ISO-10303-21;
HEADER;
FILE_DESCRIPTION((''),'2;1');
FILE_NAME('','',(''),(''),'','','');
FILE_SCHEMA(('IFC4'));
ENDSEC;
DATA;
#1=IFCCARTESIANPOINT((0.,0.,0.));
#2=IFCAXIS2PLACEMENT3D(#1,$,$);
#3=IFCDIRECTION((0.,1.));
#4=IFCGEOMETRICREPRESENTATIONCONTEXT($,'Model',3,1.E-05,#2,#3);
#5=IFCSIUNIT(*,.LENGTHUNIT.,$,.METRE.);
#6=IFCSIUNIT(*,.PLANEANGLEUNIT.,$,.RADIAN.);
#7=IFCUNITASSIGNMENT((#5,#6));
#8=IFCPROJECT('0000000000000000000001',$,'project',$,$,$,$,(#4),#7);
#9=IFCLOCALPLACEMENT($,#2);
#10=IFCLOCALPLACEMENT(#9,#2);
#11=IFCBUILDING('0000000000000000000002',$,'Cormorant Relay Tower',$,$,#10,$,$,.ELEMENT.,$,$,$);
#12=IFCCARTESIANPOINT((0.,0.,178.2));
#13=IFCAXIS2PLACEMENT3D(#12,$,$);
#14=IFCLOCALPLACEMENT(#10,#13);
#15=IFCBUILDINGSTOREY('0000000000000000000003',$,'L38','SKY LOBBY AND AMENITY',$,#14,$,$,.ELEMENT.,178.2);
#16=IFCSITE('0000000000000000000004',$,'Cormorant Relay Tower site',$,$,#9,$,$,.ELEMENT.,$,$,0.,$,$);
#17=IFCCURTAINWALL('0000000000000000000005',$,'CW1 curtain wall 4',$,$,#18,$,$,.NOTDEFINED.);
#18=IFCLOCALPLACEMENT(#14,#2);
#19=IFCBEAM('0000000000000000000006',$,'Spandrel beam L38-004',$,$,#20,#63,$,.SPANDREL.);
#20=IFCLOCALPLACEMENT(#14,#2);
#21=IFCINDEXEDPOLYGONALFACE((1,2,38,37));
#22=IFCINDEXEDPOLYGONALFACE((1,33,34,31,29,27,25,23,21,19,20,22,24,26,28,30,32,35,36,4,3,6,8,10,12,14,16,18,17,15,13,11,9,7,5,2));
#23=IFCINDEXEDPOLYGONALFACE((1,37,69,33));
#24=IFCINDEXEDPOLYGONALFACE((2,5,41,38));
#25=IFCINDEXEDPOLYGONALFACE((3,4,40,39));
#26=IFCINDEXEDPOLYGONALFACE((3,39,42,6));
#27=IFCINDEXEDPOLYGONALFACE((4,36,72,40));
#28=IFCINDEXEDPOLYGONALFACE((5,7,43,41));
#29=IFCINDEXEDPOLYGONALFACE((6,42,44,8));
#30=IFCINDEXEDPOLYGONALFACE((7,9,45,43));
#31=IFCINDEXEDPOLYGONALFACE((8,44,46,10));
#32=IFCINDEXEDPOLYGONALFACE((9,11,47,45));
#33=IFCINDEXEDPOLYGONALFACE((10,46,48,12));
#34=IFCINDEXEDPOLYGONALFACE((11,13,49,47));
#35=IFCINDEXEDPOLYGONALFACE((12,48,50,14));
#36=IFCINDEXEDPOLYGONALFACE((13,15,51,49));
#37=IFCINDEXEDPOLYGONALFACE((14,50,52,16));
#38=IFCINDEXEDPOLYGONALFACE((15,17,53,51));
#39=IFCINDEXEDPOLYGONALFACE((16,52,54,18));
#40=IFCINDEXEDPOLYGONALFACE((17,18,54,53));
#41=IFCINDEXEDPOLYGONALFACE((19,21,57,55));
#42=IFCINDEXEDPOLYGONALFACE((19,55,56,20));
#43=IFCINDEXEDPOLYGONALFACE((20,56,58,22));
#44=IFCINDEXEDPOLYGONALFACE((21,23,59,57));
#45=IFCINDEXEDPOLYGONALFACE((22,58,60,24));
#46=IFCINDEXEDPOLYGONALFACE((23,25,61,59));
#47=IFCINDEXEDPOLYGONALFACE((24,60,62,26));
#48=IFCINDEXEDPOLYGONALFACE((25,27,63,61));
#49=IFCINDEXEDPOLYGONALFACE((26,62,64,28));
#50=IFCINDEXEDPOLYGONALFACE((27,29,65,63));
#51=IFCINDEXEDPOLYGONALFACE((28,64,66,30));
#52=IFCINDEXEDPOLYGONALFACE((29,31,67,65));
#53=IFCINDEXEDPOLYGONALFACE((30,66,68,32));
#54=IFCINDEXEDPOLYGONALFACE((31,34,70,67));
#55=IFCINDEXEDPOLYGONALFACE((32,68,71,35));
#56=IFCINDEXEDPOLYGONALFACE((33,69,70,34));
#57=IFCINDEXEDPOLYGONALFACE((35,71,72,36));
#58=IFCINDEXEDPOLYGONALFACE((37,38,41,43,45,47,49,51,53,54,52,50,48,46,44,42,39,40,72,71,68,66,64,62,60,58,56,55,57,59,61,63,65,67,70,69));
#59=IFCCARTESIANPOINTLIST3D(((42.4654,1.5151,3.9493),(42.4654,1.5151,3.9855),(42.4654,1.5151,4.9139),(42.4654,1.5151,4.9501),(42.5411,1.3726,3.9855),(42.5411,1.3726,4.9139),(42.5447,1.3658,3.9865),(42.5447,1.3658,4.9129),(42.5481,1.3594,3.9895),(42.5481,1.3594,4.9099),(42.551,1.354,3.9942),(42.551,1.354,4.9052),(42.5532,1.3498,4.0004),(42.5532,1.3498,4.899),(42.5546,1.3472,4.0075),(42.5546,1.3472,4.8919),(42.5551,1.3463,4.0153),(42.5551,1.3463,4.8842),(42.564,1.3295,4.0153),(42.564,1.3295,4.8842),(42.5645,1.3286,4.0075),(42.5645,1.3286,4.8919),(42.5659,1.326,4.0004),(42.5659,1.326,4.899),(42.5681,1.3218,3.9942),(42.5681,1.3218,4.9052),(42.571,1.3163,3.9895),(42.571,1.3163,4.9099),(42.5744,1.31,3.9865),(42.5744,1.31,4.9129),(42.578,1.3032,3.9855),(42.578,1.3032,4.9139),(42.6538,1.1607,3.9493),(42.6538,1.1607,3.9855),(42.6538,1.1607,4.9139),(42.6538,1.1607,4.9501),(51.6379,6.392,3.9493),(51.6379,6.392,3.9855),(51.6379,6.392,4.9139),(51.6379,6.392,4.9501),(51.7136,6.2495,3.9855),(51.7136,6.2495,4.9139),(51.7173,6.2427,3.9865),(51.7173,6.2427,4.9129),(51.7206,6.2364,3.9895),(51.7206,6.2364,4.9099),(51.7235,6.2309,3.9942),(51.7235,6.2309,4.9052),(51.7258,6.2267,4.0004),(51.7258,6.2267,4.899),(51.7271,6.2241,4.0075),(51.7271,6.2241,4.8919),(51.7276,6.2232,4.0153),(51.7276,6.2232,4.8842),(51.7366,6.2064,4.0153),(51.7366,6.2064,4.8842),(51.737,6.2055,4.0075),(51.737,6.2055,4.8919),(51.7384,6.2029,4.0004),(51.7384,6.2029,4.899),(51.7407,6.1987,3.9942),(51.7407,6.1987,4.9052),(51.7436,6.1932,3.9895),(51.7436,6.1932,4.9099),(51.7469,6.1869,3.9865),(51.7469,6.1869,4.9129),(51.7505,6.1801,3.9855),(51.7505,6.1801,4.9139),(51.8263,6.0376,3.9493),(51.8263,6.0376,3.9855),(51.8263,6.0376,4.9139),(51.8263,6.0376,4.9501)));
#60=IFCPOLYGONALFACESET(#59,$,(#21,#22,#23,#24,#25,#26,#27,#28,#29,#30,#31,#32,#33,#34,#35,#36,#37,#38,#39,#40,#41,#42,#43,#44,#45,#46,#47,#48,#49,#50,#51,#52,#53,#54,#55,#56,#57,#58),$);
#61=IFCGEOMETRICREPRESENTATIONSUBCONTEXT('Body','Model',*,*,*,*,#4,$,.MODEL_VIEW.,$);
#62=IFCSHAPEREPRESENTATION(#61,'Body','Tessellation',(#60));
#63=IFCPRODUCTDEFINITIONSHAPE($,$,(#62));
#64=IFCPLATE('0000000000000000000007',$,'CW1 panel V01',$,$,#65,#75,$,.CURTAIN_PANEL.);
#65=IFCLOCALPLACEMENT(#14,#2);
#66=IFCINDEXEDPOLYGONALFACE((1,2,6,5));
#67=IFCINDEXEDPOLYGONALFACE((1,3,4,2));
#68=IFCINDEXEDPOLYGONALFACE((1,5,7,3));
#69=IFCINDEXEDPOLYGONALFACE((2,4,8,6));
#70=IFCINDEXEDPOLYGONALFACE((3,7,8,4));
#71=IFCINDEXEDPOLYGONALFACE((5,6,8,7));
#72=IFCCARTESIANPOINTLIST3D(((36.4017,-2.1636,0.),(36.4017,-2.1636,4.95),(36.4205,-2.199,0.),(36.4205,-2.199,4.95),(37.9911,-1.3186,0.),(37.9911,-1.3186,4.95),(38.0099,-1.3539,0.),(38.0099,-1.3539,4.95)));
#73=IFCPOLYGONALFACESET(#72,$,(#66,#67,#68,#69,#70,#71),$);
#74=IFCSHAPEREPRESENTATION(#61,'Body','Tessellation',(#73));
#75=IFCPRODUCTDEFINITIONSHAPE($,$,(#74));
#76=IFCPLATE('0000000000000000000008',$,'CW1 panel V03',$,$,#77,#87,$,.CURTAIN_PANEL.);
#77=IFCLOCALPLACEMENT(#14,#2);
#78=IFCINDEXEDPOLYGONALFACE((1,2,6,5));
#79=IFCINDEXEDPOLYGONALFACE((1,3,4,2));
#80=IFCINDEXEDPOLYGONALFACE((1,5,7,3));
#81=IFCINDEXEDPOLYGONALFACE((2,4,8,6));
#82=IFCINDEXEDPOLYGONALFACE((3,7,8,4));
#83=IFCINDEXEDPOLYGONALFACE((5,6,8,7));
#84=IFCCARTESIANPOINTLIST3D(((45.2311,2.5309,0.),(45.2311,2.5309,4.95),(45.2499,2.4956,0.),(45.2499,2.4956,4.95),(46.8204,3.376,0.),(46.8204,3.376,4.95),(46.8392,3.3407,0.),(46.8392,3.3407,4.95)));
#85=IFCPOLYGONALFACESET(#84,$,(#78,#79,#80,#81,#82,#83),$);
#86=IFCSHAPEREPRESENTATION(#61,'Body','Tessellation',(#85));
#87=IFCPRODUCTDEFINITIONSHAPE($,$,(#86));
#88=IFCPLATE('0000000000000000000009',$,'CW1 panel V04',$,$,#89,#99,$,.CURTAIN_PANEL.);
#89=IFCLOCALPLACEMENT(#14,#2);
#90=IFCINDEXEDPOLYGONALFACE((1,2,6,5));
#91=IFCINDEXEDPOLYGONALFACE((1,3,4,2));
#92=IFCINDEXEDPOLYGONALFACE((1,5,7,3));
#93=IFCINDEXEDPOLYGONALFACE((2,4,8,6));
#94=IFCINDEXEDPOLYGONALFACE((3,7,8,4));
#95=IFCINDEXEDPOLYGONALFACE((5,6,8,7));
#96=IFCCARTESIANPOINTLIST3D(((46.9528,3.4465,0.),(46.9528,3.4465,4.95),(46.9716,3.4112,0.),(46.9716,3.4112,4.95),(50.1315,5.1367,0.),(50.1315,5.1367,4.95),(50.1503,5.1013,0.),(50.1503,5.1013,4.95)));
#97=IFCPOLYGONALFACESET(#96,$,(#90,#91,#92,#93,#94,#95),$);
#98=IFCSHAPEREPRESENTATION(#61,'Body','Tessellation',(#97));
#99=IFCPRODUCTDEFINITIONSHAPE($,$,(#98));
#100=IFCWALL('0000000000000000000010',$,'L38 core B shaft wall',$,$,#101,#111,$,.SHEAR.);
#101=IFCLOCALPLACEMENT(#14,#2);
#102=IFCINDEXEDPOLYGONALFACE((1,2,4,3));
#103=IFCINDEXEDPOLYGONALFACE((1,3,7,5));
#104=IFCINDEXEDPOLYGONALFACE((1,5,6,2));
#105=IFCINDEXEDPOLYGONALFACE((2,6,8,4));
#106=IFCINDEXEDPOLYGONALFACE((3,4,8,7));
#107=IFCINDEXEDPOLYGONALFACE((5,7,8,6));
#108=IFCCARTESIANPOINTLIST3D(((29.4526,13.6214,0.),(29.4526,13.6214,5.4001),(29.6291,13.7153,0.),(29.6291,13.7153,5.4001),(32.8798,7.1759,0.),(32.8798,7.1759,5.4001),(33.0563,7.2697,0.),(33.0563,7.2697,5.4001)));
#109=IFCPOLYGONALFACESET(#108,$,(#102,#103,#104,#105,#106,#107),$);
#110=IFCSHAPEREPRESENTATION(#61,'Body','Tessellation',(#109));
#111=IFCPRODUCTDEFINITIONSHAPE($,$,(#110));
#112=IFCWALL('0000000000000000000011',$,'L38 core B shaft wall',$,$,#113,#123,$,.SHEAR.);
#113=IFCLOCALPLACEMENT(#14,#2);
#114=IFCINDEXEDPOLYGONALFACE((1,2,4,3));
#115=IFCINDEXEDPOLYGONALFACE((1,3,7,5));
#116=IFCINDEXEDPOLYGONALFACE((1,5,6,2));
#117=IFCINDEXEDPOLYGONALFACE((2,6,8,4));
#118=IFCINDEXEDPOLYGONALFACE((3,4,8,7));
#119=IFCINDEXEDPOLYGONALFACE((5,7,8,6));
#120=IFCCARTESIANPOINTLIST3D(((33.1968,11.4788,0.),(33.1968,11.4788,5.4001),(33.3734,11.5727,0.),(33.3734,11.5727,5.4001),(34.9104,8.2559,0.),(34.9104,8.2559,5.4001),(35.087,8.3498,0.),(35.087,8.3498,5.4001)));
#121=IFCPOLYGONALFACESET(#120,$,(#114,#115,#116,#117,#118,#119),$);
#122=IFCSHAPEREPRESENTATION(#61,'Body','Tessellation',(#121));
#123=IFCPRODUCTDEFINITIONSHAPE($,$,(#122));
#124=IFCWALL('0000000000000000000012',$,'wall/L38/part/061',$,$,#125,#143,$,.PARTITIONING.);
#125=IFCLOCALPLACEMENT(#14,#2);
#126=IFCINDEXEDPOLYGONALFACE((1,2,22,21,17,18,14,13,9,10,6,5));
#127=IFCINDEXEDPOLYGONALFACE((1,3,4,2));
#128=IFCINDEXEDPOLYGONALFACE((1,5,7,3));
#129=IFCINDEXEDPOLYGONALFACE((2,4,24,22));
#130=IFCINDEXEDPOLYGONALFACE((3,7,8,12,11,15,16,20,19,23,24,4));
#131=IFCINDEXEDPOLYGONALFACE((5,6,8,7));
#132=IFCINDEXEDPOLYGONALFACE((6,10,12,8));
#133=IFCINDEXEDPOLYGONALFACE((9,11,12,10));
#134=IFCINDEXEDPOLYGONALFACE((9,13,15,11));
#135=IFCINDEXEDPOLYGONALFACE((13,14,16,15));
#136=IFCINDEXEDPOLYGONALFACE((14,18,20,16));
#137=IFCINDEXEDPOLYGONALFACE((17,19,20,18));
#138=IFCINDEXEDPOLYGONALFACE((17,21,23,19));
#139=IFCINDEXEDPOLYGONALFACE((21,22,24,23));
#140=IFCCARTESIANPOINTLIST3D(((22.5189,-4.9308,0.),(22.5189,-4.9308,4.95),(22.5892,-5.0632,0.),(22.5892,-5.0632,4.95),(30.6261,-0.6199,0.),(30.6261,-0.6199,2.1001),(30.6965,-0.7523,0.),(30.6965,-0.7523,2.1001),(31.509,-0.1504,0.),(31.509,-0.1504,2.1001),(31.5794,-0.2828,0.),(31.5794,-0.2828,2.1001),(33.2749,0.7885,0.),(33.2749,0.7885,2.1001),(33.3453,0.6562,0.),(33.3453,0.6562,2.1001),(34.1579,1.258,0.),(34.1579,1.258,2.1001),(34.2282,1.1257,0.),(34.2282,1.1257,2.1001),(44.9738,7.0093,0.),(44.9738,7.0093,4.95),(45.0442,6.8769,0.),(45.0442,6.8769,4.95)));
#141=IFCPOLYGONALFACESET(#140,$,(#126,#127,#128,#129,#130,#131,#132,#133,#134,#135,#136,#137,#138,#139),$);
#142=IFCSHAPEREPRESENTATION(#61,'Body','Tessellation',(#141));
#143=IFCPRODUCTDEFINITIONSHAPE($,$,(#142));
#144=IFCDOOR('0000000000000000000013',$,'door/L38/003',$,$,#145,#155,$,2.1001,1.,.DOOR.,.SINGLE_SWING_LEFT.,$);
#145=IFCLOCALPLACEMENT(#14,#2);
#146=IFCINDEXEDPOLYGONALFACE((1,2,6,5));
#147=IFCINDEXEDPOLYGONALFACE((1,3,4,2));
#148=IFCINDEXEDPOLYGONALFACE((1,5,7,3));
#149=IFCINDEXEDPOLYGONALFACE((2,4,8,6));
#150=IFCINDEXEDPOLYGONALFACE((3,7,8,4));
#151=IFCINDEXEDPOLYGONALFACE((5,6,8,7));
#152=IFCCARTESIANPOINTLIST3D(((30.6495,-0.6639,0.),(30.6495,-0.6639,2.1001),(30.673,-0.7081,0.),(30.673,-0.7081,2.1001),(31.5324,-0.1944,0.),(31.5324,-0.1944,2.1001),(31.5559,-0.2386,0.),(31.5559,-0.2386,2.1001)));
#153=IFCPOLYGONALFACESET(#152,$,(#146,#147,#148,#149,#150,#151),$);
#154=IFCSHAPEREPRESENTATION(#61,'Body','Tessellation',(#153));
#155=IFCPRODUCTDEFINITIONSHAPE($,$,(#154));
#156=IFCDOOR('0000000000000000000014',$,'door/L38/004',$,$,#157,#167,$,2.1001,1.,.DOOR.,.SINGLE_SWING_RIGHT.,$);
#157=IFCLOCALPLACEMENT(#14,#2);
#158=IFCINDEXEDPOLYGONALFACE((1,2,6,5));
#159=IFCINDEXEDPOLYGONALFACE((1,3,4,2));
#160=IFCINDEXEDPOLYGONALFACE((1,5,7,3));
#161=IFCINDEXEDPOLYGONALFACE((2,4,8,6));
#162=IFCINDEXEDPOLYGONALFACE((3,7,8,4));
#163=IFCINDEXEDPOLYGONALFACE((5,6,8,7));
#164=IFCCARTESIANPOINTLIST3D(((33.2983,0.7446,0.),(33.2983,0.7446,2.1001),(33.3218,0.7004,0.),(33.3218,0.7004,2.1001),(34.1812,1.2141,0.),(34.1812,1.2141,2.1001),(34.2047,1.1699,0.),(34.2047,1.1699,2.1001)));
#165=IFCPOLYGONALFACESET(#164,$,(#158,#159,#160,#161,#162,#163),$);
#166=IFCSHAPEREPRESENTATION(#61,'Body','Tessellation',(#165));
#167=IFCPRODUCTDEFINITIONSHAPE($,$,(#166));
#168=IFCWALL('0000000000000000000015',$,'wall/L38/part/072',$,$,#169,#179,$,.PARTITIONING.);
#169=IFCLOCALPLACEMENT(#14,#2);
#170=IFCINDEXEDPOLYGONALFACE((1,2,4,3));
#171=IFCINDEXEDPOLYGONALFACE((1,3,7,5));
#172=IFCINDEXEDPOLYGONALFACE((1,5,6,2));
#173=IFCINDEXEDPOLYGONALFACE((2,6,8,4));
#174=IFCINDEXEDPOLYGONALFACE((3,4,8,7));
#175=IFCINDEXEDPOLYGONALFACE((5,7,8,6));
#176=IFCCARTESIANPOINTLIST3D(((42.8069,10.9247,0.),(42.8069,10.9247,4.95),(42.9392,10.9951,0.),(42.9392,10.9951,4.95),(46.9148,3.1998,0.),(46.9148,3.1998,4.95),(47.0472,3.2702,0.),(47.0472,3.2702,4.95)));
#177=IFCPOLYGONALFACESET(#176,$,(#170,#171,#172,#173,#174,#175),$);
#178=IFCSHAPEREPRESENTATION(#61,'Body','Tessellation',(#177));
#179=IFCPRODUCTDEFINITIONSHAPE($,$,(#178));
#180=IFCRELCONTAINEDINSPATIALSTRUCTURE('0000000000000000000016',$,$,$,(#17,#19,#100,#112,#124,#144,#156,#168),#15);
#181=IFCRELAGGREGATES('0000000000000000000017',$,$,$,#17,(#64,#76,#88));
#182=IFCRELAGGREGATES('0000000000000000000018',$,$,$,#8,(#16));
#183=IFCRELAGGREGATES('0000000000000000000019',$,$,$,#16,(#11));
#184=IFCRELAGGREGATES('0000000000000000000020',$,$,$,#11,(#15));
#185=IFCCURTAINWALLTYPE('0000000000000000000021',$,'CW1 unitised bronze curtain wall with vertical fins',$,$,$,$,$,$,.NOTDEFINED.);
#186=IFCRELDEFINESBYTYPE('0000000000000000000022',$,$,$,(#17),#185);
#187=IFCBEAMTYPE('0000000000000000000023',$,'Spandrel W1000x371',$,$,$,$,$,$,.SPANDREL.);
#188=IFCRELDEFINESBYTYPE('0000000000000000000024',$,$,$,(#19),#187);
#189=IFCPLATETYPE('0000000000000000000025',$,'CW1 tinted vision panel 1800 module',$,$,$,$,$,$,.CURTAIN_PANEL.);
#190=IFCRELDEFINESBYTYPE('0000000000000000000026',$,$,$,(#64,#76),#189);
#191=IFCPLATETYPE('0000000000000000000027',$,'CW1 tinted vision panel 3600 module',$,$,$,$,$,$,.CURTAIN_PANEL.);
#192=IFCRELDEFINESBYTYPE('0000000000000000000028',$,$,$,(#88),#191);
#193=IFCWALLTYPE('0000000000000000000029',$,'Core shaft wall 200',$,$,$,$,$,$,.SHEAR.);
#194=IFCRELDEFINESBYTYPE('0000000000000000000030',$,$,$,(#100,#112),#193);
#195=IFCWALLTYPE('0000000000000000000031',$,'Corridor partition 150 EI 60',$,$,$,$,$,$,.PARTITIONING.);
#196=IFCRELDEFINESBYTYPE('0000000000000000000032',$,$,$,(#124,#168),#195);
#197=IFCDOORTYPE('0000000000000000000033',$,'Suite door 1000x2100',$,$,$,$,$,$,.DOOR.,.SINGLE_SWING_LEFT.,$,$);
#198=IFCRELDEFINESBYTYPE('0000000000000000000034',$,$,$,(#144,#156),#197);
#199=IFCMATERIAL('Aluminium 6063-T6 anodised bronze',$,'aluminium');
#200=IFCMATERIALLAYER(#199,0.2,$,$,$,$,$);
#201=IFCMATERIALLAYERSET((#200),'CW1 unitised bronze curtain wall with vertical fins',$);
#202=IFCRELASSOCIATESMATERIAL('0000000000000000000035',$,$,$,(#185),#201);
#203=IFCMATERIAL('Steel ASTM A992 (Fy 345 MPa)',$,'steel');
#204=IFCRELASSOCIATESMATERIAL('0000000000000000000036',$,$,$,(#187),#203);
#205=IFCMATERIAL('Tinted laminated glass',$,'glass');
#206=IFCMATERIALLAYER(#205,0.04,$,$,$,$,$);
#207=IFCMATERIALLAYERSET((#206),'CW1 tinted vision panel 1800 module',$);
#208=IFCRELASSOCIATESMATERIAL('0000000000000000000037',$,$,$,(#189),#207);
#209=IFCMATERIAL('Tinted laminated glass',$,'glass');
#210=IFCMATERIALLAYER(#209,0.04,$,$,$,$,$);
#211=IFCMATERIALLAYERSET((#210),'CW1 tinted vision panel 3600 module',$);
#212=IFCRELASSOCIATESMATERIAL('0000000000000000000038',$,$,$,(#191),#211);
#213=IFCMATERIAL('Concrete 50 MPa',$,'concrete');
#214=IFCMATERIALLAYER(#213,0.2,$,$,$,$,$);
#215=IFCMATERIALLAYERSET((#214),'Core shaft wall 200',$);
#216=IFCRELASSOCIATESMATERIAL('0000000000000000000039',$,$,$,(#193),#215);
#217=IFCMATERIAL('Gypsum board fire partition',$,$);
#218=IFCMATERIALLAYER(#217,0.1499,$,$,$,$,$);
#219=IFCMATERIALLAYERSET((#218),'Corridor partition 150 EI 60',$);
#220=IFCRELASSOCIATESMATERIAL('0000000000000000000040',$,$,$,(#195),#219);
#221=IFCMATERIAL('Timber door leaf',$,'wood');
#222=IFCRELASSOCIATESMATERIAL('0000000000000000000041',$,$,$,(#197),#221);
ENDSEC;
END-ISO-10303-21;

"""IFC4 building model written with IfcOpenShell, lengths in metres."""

from ifc_helpers import new_model, si_unit, direction, frame, frame_2d, origin, origin_2d, place, context, subcontext, project, spatial, rectangle, i_section, extrude, material, layer, layer_set, material_profile, profile_set, type_object, element, fill, aggregate, save


model = new_model("IFC4")

# Units and contexts
model_context = context("Model", 3, precision=1e-05, world=origin(), true_north=direction((0.0, 1.0)))
body_context = subcontext(model_context, "Body", "Model", "MODEL_VIEW")
ifc_project = project(units=[si_unit("LENGTHUNIT", "METRE"), si_unit("PLANEANGLEUNIT", "RADIAN")], contexts=[model_context])

# Site, building, storey
site_placement = place(None, origin())
site = spatial("IfcSite", under=ifc_project, at=site_placement, Name="Cormorant Relay Tower site", CompositionType="ELEMENT", RefElevation=0.0)
building_placement = place(site_placement, origin())
building = spatial("IfcBuilding", under=site, at=building_placement, Name="Cormorant Relay Tower", CompositionType="ELEMENT")
storey_placement = place(building_placement, frame((0.0, 0.0, 178.2)))
storey = spatial("IfcBuildingStorey", under=building, at=storey_placement, Name="L38", Description="SKY LOBBY AND AMENITY", CompositionType="ELEMENT", Elevation=178.2)

# Shared definitions
ifc_material_1 = material(Name="Aluminium 6063-T6 anodised bronze", Category="aluminium")
ifc_layer_1 = layer(ifc_material_1, 0.2)
ifc_layer_set_1 = layer_set([ifc_layer_1], Name="CW1 unitised bronze curtain wall with vertical fins")
curtain_wall_type = type_object("IfcCurtainWallType", Name="CW1 unitised bronze curtain wall with vertical fins", PredefinedType="NOTDEFINED", material=ifc_layer_set_1)

# Curtain wall
curtain_wall_1_placement = place(storey_placement, origin())
curtain_wall_1 = element("IfcCurtainWall", 1, at=curtain_wall_1_placement, inside=storey, type_object=curtain_wall_type, Name="CW1 curtain wall 4", PredefinedType="NOTDEFINED")

# Beam
ifc_material_2 = material(Name="Steel ASTM A992 (Fy 345 MPa)", Category="steel")
ifc_material_profile_1 = material_profile(ifc_material_2, i_section(OverallWidth=0.4014, OverallDepth=1.0007, WebThickness=0.019, FlangeThickness=0.0361, FilletRadius=0.0298, at=origin_2d()), Name="W1000x371")
ifc_profile_set_1 = profile_set([ifc_material_profile_1], Name="Steel ASTM A992 (Fy 345 MPa)")
beam_type = type_object("IfcBeamType", Name="Spandrel W1000x371", PredefinedType="SPANDREL", material=ifc_profile_set_1)
beam_1_placement = place(storey_placement, frame((42.5596, 1.3379, 4.4497), z_axis=(0.882956, 0.469456, 0.0), x_axis=(-0.469456, 0.882956, 0.0)))
element("IfcBeam", 2, at=beam_1_placement, inside=storey, type_object=beam_type, Name="Spandrel beam L38-004", PredefinedType="SPANDREL", context=body_context, shape_type="SweptSolid", body=[
    extrude(i_section(OverallWidth=0.4014, OverallDepth=1.0007, WebThickness=0.019, FlangeThickness=0.0361, FilletRadius=0.0298, at=origin_2d()), origin(), (0.0, 0.0, 1.0), 10.3884),
])

# Plates
ifc_material_3 = material(Name="Tinted laminated glass", Category="glass")
ifc_layer_2 = layer(ifc_material_3, 0.04)
ifc_layer_set_2 = layer_set([ifc_layer_2], Name="CW1 tinted vision panel 1800 module")
plate_type_1 = type_object("IfcPlateType", Name="CW1 tinted vision panel 1800 module", PredefinedType="CURTAIN_PANEL", material=ifc_layer_set_2)
plate_1_placement = place(storey_placement, frame((37.2058, -1.7588, 0.0), z_axis=(0.0, 0.0, 1.0), x_axis=(0.882948, 0.469472, 0.0)))
plate_1 = element("IfcPlate", 3, at=plate_1_placement, type_object=plate_type_1, Name="CW1 panel V01", PredefinedType="CURTAIN_PANEL", context=body_context, shape_type="SweptSolid", body=[
    extrude(rectangle(XDim=1.8, YDim=0.04, at=origin_2d()), origin(), (0.0, 0.0, 1.0), 4.95),
])
plate_2_placement = place(storey_placement, frame((46.0352, 2.9358, 0.0), z_axis=(0.0, 0.0, 1.0), x_axis=(0.882948, 0.469472, 0.0)))
plate_2 = element("IfcPlate", 4, at=plate_2_placement, type_object=plate_type_1, Name="CW1 panel V03", PredefinedType="CURTAIN_PANEL", context=body_context, shape_type="SweptSolid", body=[
    extrude(rectangle(XDim=1.8, YDim=0.04, at=origin_2d()), origin(), (0.0, 0.0, 1.0), 4.95),
])
ifc_material_4 = material(Name="Tinted laminated glass", Category="glass")
ifc_layer_3 = layer(ifc_material_4, 0.04)
ifc_layer_set_3 = layer_set([ifc_layer_3], Name="CW1 tinted vision panel 3600 module")
plate_type_2 = type_object("IfcPlateType", Name="CW1 tinted vision panel 3600 module", PredefinedType="CURTAIN_PANEL", material=ifc_layer_set_3)
plate_3_placement = place(storey_placement, frame((48.5515, 4.2739, 0.0), z_axis=(0.0, 0.0, 1.0), x_axis=(0.882948, 0.469472, 0.0)))
plate_3 = element("IfcPlate", 5, at=plate_3_placement, type_object=plate_type_2, Name="CW1 panel V04", PredefinedType="CURTAIN_PANEL", context=body_context, shape_type="SweptSolid", body=[
    extrude(rectangle(XDim=3.6001, YDim=0.04, at=origin_2d()), origin(), (0.0, 0.0, 1.0), 4.95),
])

# Walls
ifc_material_5 = material(Name="Concrete 50 MPa", Category="concrete")
ifc_layer_4 = layer(ifc_material_5, 0.2)
ifc_layer_set_4 = layer_set([ifc_layer_4], Name="Core shaft wall 200")
wall_type_1 = type_object("IfcWallType", Name="Core shaft wall 200", PredefinedType="SHEAR", material=ifc_layer_set_4)
wall_1_placement = place(storey_placement, frame((32.968, 7.2229, 0.0), z_axis=(0.0, 0.0, 1.0), x_axis=(-0.46948, 0.882943, 0.0)))
element("IfcWall", 6, at=wall_1_placement, inside=storey, type_object=wall_type_1, Name="L38 core B shaft wall", PredefinedType="SHEAR", context=body_context, shape_type="SweptSolid", body=[
    extrude(rectangle(XDim=7.3, YDim=0.2, at=frame_2d((3.6499, 0.0))), origin(), (0.0, 0.0, 1.0), 5.4001),
])
wall_2_placement = place(storey_placement, frame((34.9988, 8.3027, 0.0), z_axis=(0.0, 0.0, 1.0), x_axis=(-0.469467, 0.88295, 0.0)))
element("IfcWall", 7, at=wall_2_placement, inside=storey, type_object=wall_type_1, Name="L38 core B shaft wall", PredefinedType="SHEAR", context=body_context, shape_type="SweptSolid", body=[
    extrude(rectangle(XDim=3.6501, YDim=0.2, at=frame_2d((1.8252, 0.0))), origin(), (0.0, 0.0, 1.0), 5.4001),
])

# Wall, openings, doors
ifc_material_6 = material(Name="Gypsum board fire partition")
ifc_layer_5 = layer(ifc_material_6, 0.1499)
ifc_layer_set_5 = layer_set([ifc_layer_5], Name="Corridor partition 150 EI 60")
wall_type_2 = type_object("IfcWallType", Name="Corridor partition 150 EI 60", PredefinedType="PARTITIONING", material=ifc_layer_set_5)
wall_3_placement = place(storey_placement, frame((45.009, 6.9431, 0.0), z_axis=(0.0, 0.0, 1.0), x_axis=(-0.882938, -0.46949, 0.0)))
wall_3 = element("IfcWall", 8, at=wall_3_placement, inside=storey, type_object=wall_type_2, Name="wall/L38/part/061", PredefinedType="PARTITIONING", context=body_context, shape_type="SweptSolid", body=[
    extrude(rectangle(XDim=25.4321, YDim=0.1499, at=frame_2d((12.7161, 0.0))), origin(), (0.0, 0.0, 1.0), 4.95),
])
opening_1_placement = place(wall_3_placement, frame((15.25, 0.0, 0.0)))
opening_1 = element("IfcOpeningElement", 9, at=opening_1_placement, cuts=wall_3, PredefinedType="OPENING", context=body_context, shape_type="SweptSolid", body=[
    extrude(rectangle(XDim=1.0, YDim=2.1001, at=frame_2d((0.5, 1.05))), frame((0.0, 0.085, 0.0), z_axis=(0.0, -1.0, 0.0), x_axis=(1.0, 0.0, 0.0)), (0.0, 0.0, 1.0), 0.1699),
])
opening_2_placement = place(wall_3_placement, frame((12.25, 0.0, 0.0)))
opening_2 = element("IfcOpeningElement", 10, at=opening_2_placement, cuts=wall_3, PredefinedType="OPENING", context=body_context, shape_type="SweptSolid", body=[
    extrude(rectangle(XDim=1.0, YDim=2.1001, at=frame_2d((0.5, 1.05))), frame((0.0, 0.085, 0.0), z_axis=(0.0, -1.0, 0.0), x_axis=(1.0, 0.0, 0.0)), (0.0, 0.0, 1.0), 0.1699),
])
ifc_material_7 = material(Name="Timber door leaf", Category="wood")
door_type = type_object("IfcDoorType", Name="Suite door 1000x2100", OperationType="SINGLE_SWING_LEFT", PredefinedType="DOOR", material=ifc_material_7)
door_1_placement = place(opening_1_placement, origin())
door_1 = element("IfcDoor", 11, at=door_1_placement, inside=storey, type_object=door_type, Name="door/L38/003", OperationType="SINGLE_SWING_LEFT", OverallHeight=2.1001, OverallWidth=1.0, PredefinedType="DOOR", context=body_context, shape_type="SweptSolid", body=[
    extrude(rectangle(XDim=1.0, YDim=2.1001, at=frame_2d((0.5, 1.05))), frame((0.0, 0.0249, 0.0), z_axis=(0.0, -1.0, 0.0), x_axis=(1.0, 0.0, 0.0)), (0.0, 0.0, 1.0), 0.05),
])
fill(opening_1, door_1)
door_2_placement = place(opening_2_placement, origin())
door_2 = element("IfcDoor", 12, at=door_2_placement, inside=storey, type_object=door_type, Name="door/L38/004", OperationType="SINGLE_SWING_RIGHT", OverallHeight=2.1001, OverallWidth=1.0, PredefinedType="DOOR", context=body_context, shape_type="SweptSolid", body=[
    extrude(rectangle(XDim=1.0, YDim=2.1001, at=frame_2d((0.5, 1.05))), frame((0.0, 0.0249, 0.0), z_axis=(0.0, -1.0, 0.0), x_axis=(1.0, 0.0, 0.0)), (0.0, 0.0, 1.0), 0.05),
])
fill(opening_2, door_2)

# Wall
wall_4_placement = place(storey_placement, frame((46.981, 3.2351, 0.0), z_axis=(0.0, 0.0, 1.0), x_axis=(-0.469519, 0.882922, 0.0)))
element("IfcWall", 13, at=wall_4_placement, inside=storey, type_object=wall_type_2, Name="wall/L38/part/072", PredefinedType="PARTITIONING", context=body_context, shape_type="SweptSolid", body=[
    extrude(rectangle(XDim=8.7493, YDim=0.1499, at=frame_2d((4.3745, 0.0))), origin(), (0.0, 0.0, 1.0), 4.95),
])

aggregate(curtain_wall_1, [plate_1, plate_2, plate_3])

save(model, "model.ifc")
